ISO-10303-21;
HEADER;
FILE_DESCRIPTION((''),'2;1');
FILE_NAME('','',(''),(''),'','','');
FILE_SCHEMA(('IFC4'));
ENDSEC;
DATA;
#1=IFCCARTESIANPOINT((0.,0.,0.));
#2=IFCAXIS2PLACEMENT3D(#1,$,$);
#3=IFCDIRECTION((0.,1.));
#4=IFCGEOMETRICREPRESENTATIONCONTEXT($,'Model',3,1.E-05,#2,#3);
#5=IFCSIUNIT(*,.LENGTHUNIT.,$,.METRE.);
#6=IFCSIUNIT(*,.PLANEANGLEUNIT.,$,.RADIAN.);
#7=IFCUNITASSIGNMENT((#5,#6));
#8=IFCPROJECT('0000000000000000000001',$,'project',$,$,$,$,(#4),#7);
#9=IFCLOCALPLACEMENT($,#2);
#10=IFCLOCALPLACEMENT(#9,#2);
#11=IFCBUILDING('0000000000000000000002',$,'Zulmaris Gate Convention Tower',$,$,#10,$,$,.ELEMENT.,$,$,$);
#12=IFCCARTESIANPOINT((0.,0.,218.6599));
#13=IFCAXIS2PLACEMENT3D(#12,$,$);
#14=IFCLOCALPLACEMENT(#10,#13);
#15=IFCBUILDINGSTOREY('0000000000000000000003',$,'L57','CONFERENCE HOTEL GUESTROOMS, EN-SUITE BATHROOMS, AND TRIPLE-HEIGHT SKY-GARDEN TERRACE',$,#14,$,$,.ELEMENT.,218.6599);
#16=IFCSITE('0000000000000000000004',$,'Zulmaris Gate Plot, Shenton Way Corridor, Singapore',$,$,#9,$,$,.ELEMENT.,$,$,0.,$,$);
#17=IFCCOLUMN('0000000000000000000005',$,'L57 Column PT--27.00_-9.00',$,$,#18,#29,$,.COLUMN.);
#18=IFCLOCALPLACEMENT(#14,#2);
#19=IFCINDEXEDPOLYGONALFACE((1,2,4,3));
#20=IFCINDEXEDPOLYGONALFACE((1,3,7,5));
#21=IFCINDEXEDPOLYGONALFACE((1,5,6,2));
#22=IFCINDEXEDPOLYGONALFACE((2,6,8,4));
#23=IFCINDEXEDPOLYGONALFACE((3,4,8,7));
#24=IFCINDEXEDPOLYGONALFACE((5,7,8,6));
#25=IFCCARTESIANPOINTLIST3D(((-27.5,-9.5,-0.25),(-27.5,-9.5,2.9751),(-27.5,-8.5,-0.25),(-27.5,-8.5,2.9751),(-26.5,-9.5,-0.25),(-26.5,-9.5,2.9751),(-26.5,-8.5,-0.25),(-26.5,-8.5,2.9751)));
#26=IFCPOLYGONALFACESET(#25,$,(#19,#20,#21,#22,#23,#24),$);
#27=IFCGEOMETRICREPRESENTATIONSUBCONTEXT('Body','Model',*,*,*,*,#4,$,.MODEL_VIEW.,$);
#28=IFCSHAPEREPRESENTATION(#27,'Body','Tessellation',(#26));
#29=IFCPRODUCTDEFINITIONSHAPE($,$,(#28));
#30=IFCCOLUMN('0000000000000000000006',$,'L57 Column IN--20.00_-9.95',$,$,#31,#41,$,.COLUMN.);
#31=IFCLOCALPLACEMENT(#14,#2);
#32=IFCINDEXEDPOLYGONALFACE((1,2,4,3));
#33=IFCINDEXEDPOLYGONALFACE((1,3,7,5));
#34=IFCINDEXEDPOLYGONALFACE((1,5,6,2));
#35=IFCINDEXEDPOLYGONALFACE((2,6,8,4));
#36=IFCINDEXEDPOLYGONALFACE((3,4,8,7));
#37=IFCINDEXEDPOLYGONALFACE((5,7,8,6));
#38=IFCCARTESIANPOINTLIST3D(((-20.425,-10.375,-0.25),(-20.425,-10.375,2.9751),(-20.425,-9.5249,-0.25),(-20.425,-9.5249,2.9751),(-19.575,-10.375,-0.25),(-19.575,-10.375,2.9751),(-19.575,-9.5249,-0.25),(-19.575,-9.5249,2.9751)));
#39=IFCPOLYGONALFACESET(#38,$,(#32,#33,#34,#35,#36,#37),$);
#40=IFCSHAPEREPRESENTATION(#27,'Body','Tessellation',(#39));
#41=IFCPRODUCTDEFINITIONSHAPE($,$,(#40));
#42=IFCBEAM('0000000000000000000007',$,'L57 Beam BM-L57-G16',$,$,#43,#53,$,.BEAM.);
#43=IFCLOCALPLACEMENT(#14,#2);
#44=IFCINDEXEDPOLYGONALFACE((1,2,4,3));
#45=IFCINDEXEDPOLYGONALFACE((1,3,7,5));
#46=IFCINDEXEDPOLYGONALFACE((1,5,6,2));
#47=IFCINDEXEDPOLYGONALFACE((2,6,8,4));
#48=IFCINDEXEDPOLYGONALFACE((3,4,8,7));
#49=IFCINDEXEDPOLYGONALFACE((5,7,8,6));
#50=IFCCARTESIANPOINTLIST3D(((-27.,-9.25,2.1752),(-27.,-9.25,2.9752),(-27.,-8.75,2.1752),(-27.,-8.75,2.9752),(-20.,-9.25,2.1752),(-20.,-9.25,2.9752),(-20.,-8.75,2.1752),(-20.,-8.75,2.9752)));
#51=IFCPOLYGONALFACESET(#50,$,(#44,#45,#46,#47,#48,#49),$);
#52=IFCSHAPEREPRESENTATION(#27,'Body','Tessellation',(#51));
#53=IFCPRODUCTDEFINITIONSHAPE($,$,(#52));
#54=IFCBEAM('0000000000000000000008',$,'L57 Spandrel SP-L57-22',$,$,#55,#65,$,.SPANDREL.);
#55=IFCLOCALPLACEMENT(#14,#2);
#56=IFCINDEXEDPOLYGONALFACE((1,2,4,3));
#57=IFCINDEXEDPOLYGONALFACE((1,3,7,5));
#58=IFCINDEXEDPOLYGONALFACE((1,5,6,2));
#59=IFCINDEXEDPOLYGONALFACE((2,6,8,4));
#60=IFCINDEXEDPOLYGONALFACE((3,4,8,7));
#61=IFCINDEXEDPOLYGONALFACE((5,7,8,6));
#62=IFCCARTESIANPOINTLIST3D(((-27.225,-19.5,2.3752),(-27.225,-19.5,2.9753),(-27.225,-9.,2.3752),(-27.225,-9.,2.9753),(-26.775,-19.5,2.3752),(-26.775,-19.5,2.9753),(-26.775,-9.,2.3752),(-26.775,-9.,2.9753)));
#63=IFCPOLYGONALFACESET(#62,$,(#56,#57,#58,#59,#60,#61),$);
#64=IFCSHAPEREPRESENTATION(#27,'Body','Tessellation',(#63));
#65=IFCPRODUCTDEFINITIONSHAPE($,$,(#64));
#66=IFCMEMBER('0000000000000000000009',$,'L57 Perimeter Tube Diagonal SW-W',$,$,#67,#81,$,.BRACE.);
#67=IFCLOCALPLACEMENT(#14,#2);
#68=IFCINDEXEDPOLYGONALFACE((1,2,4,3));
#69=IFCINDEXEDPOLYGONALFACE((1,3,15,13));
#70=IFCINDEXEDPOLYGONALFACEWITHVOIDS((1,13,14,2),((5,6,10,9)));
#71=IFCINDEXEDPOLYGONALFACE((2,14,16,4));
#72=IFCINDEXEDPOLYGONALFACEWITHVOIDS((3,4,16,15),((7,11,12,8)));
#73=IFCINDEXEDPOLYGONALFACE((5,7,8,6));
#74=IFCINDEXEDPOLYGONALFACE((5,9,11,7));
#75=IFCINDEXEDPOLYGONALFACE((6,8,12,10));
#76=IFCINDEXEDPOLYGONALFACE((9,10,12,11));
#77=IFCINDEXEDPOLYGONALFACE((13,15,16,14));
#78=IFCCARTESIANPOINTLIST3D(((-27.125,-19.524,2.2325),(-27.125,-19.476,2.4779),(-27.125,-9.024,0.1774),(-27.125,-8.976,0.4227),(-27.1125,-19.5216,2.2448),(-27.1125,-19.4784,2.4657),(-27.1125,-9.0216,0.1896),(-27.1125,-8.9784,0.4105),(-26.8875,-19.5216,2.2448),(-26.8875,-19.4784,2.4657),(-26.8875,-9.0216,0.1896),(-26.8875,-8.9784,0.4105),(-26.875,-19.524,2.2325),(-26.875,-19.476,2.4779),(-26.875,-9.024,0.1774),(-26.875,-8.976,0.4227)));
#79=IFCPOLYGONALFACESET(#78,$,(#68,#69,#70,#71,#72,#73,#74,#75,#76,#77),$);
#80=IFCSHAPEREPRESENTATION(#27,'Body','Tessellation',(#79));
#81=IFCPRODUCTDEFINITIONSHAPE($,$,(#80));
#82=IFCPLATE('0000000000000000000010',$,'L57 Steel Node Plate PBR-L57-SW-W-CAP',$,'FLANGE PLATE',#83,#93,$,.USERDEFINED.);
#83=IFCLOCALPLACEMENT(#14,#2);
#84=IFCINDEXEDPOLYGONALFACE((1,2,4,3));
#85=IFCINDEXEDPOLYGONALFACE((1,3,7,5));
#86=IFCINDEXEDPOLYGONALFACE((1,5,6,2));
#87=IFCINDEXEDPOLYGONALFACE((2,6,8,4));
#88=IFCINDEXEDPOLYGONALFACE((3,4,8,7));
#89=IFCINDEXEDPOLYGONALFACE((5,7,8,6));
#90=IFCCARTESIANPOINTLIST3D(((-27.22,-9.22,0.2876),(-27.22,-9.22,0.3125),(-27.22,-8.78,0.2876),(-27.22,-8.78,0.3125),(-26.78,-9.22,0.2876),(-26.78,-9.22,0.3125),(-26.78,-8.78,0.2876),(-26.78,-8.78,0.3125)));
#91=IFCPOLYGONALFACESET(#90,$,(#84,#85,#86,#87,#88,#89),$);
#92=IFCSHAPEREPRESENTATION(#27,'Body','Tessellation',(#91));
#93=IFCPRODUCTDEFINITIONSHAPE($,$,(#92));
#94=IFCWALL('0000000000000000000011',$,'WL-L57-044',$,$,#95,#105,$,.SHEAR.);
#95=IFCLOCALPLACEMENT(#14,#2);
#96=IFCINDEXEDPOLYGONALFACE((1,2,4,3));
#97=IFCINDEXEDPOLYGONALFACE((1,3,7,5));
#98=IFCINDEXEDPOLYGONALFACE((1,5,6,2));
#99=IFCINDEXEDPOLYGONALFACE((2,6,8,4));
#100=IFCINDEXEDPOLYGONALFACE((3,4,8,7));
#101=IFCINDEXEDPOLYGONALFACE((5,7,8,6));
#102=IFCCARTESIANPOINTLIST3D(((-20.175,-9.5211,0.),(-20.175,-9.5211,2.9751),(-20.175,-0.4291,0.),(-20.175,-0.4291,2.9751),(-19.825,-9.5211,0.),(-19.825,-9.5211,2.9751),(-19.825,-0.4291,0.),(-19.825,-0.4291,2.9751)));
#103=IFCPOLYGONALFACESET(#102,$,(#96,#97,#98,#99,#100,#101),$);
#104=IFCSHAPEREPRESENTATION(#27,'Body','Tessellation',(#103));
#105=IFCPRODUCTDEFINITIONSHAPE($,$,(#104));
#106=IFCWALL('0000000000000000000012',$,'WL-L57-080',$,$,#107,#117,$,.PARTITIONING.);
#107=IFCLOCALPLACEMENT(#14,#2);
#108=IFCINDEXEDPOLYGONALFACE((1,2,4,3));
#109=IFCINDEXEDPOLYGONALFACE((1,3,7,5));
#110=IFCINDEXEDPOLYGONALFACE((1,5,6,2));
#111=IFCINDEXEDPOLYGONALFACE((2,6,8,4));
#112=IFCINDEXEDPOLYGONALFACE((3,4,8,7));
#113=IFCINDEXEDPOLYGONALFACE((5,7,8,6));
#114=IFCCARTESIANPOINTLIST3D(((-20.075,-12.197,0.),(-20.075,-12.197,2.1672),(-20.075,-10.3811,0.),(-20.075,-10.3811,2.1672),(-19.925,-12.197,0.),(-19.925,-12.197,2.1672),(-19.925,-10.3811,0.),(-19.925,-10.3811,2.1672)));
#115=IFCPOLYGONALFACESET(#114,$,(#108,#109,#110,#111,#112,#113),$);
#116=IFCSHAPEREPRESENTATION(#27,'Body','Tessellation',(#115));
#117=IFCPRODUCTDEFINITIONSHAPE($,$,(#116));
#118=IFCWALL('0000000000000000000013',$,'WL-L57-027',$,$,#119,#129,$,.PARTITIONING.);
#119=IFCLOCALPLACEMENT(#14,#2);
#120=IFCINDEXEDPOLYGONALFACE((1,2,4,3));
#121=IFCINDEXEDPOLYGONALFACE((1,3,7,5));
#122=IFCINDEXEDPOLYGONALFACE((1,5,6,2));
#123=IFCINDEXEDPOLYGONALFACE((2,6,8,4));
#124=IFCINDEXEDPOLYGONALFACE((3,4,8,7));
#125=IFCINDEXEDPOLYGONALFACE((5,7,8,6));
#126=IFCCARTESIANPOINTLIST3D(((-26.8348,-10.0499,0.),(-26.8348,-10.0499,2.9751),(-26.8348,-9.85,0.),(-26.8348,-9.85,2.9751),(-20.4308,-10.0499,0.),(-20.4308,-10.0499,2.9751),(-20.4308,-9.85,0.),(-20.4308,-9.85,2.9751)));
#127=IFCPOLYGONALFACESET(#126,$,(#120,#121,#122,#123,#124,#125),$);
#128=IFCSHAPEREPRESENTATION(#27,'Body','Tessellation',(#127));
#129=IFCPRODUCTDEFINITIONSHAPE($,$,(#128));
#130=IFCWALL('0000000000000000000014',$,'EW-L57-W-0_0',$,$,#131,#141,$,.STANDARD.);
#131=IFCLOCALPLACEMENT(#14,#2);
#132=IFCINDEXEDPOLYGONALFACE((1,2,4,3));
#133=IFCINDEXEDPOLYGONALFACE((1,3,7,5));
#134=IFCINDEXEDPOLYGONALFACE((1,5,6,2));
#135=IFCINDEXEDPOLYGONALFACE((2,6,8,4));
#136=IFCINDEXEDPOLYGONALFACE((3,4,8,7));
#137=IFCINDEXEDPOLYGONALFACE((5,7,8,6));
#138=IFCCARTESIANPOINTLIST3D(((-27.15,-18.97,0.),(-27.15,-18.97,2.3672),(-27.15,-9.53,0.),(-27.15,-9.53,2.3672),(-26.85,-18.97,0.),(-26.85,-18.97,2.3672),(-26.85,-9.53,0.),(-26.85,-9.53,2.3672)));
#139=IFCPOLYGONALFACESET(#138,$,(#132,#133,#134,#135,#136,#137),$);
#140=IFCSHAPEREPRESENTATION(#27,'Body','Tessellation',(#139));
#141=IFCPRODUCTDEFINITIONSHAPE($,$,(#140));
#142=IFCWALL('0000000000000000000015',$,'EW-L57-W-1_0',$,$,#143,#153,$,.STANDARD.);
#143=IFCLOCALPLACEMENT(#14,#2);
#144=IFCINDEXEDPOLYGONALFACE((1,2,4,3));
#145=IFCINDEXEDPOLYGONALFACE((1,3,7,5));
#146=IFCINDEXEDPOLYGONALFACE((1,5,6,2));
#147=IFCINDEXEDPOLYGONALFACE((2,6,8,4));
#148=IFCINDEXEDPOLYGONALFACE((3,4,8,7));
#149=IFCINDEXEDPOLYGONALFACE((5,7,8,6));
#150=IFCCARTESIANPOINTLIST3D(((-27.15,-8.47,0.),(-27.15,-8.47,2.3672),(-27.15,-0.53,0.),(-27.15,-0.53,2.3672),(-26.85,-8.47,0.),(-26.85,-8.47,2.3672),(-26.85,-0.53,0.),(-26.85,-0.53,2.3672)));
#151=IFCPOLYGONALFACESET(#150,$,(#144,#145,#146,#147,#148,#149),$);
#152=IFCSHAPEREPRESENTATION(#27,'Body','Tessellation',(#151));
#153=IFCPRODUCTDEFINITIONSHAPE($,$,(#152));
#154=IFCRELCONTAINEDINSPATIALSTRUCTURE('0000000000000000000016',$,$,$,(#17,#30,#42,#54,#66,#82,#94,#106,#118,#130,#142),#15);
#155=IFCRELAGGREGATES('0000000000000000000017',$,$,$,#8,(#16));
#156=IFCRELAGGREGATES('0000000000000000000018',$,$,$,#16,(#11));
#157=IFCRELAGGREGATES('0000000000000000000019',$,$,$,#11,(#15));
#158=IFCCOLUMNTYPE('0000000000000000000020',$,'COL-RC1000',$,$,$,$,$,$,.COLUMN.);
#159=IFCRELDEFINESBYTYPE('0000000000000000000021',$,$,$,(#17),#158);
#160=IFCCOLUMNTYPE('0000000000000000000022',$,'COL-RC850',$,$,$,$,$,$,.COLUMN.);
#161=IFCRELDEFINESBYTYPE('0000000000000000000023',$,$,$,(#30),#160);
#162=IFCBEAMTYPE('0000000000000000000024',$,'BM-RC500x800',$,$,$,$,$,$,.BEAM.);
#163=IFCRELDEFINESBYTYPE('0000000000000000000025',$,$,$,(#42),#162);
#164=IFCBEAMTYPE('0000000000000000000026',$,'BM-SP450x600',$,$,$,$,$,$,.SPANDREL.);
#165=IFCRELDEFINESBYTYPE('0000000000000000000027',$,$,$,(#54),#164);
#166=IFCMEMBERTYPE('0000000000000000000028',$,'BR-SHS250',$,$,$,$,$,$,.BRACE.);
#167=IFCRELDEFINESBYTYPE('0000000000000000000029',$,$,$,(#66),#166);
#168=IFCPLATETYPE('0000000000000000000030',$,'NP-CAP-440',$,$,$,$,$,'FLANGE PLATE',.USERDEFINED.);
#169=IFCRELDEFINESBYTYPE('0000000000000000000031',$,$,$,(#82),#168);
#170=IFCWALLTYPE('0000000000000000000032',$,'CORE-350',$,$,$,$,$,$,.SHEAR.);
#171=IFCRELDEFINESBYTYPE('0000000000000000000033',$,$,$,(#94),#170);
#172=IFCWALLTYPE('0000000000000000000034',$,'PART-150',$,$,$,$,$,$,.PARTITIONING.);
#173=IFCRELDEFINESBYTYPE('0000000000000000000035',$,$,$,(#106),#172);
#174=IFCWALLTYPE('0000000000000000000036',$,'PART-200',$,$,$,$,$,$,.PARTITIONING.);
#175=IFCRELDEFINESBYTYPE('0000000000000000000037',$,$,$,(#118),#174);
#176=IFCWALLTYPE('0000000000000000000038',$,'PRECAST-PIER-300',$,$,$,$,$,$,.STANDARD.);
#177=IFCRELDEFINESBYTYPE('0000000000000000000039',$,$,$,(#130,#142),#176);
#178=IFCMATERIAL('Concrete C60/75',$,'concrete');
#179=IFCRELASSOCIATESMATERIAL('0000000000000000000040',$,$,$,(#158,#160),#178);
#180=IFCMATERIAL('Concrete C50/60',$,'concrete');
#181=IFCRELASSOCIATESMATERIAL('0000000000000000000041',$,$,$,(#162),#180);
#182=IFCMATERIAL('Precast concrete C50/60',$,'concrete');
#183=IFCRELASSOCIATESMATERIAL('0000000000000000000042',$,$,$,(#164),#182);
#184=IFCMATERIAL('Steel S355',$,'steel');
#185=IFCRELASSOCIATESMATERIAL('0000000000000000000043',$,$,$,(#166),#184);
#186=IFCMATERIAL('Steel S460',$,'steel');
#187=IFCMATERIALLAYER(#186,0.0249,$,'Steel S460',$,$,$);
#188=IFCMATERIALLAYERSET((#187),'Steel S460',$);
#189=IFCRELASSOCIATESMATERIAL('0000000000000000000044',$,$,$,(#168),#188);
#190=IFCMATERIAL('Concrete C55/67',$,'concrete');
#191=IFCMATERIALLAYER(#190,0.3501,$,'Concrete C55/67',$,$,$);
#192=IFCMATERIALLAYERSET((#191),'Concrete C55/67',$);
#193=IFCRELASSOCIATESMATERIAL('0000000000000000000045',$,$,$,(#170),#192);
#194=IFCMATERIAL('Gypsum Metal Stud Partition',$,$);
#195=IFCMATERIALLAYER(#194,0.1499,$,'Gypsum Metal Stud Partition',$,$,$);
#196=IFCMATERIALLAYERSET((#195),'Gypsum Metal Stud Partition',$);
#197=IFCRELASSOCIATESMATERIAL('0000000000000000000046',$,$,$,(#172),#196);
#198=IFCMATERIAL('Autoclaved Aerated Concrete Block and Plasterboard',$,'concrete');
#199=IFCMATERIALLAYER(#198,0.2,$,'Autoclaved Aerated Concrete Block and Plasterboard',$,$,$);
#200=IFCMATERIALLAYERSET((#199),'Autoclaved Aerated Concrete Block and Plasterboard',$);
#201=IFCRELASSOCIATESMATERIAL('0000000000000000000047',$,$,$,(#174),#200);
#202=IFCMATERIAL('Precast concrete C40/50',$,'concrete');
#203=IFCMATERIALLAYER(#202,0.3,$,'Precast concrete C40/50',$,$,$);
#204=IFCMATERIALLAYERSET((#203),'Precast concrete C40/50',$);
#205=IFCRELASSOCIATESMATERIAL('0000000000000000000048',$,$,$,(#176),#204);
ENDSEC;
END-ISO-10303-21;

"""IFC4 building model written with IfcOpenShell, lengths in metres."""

from ifc_helpers import new_model, si_unit, direction, frame, frame_2d, origin, origin_2d, place, context, subcontext, project, spatial, rectangle, hollow_rectangle, extrude, material, layer, layer_set, material_profile, profile_set, type_object, element, save


model = new_model("IFC4")

# Units and contexts
model_context = context("Model", 3, precision=1e-05, world=origin(), true_north=direction((0.0, 1.0)))
body_context = subcontext(model_context, "Body", "Model", "MODEL_VIEW")
ifc_project = project(units=[si_unit("LENGTHUNIT", "METRE"), si_unit("PLANEANGLEUNIT", "RADIAN")], contexts=[model_context])

# Site, building, storey
site_placement = place(None, origin())
site = spatial("IfcSite", under=ifc_project, at=site_placement, Name="Zulmaris Gate Plot, Shenton Way Corridor, Singapore", CompositionType="ELEMENT", RefElevation=0.0)
building_placement = place(site_placement, origin())
building = spatial("IfcBuilding", under=site, at=building_placement, Name="Zulmaris Gate Convention Tower", CompositionType="ELEMENT")
storey_placement = place(building_placement, frame((0.0, 0.0, 218.6599)))
storey = spatial("IfcBuildingStorey", under=building, at=storey_placement, Name="L57", Description="CONFERENCE HOTEL GUESTROOMS, EN-SUITE BATHROOMS, AND TRIPLE-HEIGHT SKY-GARDEN TERRACE", CompositionType="ELEMENT", Elevation=218.6599)

# Columns
ifc_material_1 = material(Name="Concrete C60/75", Category="concrete")
ifc_material_profile_1 = material_profile(ifc_material_1, rectangle(XDim=1.0, YDim=1.0, at=origin_2d()), Name="RC COL 1000x1000")
ifc_profile_set_1 = profile_set([ifc_material_profile_1], Name="Concrete C60/75")
column_type_1 = type_object("IfcColumnType", Name="COL-RC1000", PredefinedType="COLUMN", material=ifc_profile_set_1)
column_1_placement = place(storey_placement, frame((-27.0, -9.0, -0.25), z_axis=(0.0, 0.0, 1.0), x_axis=(1.0, 0.0, 0.0)))
element("IfcColumn", 1, at=column_1_placement, inside=storey, type_object=column_type_1, Name="L57 Column PT--27.00_-9.00", PredefinedType="COLUMN", context=body_context, shape_type="SweptSolid", body=[
    extrude(rectangle(XDim=1.0, YDim=1.0, at=origin_2d()), origin(), (0.0, 0.0, 1.0), 3.2251),
])
ifc_material_profile_2 = material_profile(ifc_material_1, rectangle(XDim=0.8501, YDim=0.8501, at=origin_2d()), Name="RC COL 850x850")
ifc_profile_set_2 = profile_set([ifc_material_profile_2], Name="Concrete C60/75")
column_type_2 = type_object("IfcColumnType", Name="COL-RC850", PredefinedType="COLUMN", material=ifc_profile_set_2)
column_2_placement = place(storey_placement, frame((-20.0, -9.95, -0.25), z_axis=(0.0, 0.0, 1.0), x_axis=(1.0, 0.0, 0.0)))
element("IfcColumn", 2, at=column_2_placement, inside=storey, type_object=column_type_2, Name="L57 Column IN--20.00_-9.95", PredefinedType="COLUMN", context=body_context, shape_type="SweptSolid", body=[
    extrude(rectangle(XDim=0.8501, YDim=0.8501, at=origin_2d()), origin(), (0.0, 0.0, 1.0), 3.2251),
])

# Beams
ifc_material_2 = material(Name="Concrete C50/60", Category="concrete")
ifc_material_profile_3 = material_profile(ifc_material_2, rectangle(XDim=0.5, YDim=0.8, at=origin_2d()), Name="RC BEAM 500x800")
ifc_profile_set_3 = profile_set([ifc_material_profile_3], Name="Concrete C50/60")
beam_type_1 = type_object("IfcBeamType", Name="BM-RC500x800", PredefinedType="BEAM", material=ifc_profile_set_3)
beam_1_placement = place(storey_placement, frame((-27.0, -9.0, 2.5752), z_axis=(1.0, 0.0, 0.0), x_axis=(0.0, 1.0, 0.0)))
element("IfcBeam", 3, at=beam_1_placement, inside=storey, type_object=beam_type_1, Name="L57 Beam BM-L57-G16", PredefinedType="BEAM", context=body_context, shape_type="SweptSolid", body=[
    extrude(rectangle(XDim=0.5, YDim=0.8, at=origin_2d()), origin(), (0.0, 0.0, 1.0), 7.0),
])
ifc_material_3 = material(Name="Precast concrete C50/60", Category="concrete")
ifc_material_profile_4 = material_profile(ifc_material_3, rectangle(XDim=0.45, YDim=0.6001, at=origin_2d()), Name="RC SPANDREL 450x600")
ifc_profile_set_4 = profile_set([ifc_material_profile_4], Name="Precast concrete C50/60")
beam_type_2 = type_object("IfcBeamType", Name="BM-SP450x600", PredefinedType="SPANDREL", material=ifc_profile_set_4)
beam_2_placement = place(storey_placement, frame((-27.0, -9.0, 2.6753), z_axis=(0.0, -1.0, 0.0), x_axis=(1.0, 0.0, 0.0)))
element("IfcBeam", 4, at=beam_2_placement, inside=storey, type_object=beam_type_2, Name="L57 Spandrel SP-L57-22", PredefinedType="SPANDREL", context=body_context, shape_type="SweptSolid", body=[
    extrude(rectangle(XDim=0.45, YDim=0.6001, at=origin_2d()), origin(), (0.0, 0.0, 1.0), 10.5),
])

# Member
ifc_material_4 = material(Name="Steel S355", Category="steel")
ifc_material_profile_5 = material_profile(ifc_material_4, hollow_rectangle(XDim=0.25, YDim=0.25, WallThickness=0.0125, at=origin_2d()), Name="SHS 250x250x12.5")
ifc_profile_set_5 = profile_set([ifc_material_profile_5], Name="Steel S355")
member_type = type_object("IfcMemberType", Name="BR-SHS250", PredefinedType="BRACE", material=ifc_profile_set_5)
member_placement = place(storey_placement, frame((-27.0, -9.0, 0.3), z_axis=(0.0, -0.981378, 0.192086), x_axis=(1.0, 0.0, 0.0)))
element("IfcMember", 5, at=member_placement, inside=storey, type_object=member_type, Name="L57 Perimeter Tube Diagonal SW-W", PredefinedType="BRACE", context=body_context, shape_type="SweptSolid", body=[
    extrude(hollow_rectangle(XDim=0.25, YDim=0.25, WallThickness=0.0125, at=origin_2d()), origin(), (0.0, 0.0, 1.0), 10.6992),
])

# Plate
ifc_material_5 = material(Name="Steel S460", Category="steel")
ifc_layer_1 = layer(ifc_material_5, 0.0249, Name="Steel S460")
ifc_layer_set_1 = layer_set([ifc_layer_1], Name="Steel S460")
plate_type = type_object("IfcPlateType", Name="NP-CAP-440", ElementType="FLANGE PLATE", PredefinedType="USERDEFINED", material=ifc_layer_set_1)
plate_placement = place(storey_placement, frame((-27.0, -9.0, 0.2876), z_axis=(0.0, 0.0, 1.0), x_axis=(1.0, 0.0, 0.0)))
element("IfcPlate", 6, at=plate_placement, inside=storey, type_object=plate_type, Name="L57 Steel Node Plate PBR-L57-SW-W-CAP", ObjectType="FLANGE PLATE", PredefinedType="USERDEFINED", context=body_context, shape_type="SweptSolid", body=[
    extrude(rectangle(XDim=0.4399, YDim=0.4399, at=origin_2d()), origin(), (0.0, 0.0, 1.0), 0.0249),
])

# Shared definitions
ifc_material_6 = material(Name="Concrete C55/67", Category="concrete")
ifc_layer_2 = layer(ifc_material_6, 0.3501, Name="Concrete C55/67")
ifc_layer_set_2 = layer_set([ifc_layer_2], Name="Concrete C55/67")
wall_type_1 = type_object("IfcWallType", Name="CORE-350", PredefinedType="SHEAR", material=ifc_layer_set_2)

# Walls
wall_1_placement = place(storey_placement, frame((-20.0, -9.521, 0.0), z_axis=(0.0, 0.0, 1.0), x_axis=(0.0, 1.0, 0.0)))
element("IfcWall", 7, at=wall_1_placement, inside=storey, type_object=wall_type_1, Name="WL-L57-044", PredefinedType="SHEAR", context=body_context, shape_type="SweptSolid", body=[
    extrude(rectangle(XDim=9.092, YDim=0.3501, at=frame_2d((4.5459, 0.0))), origin(), (0.0, 0.0, 1.0), 2.9751),
])
ifc_material_7 = material(Name="Gypsum Metal Stud Partition")
ifc_layer_3 = layer(ifc_material_7, 0.1499, Name="Gypsum Metal Stud Partition")
ifc_layer_set_3 = layer_set([ifc_layer_3], Name="Gypsum Metal Stud Partition")
wall_type_2 = type_object("IfcWallType", Name="PART-150", PredefinedType="PARTITIONING", material=ifc_layer_set_3)
wall_2_placement = place(storey_placement, frame((-20.0, -12.197, 0.0), z_axis=(0.0, 0.0, 1.0), x_axis=(0.0, 1.0, 0.0)))
element("IfcWall", 8, at=wall_2_placement, inside=storey, type_object=wall_type_2, Name="WL-L57-080", PredefinedType="PARTITIONING", context=body_context, shape_type="SweptSolid", body=[
    extrude(rectangle(XDim=1.8159, YDim=0.1499, at=frame_2d((0.908, 0.0))), origin(), (0.0, 0.0, 1.0), 2.1672),
])
ifc_material_8 = material(Name="Autoclaved Aerated Concrete Block and Plasterboard", Category="concrete")
ifc_layer_4 = layer(ifc_material_8, 0.2, Name="Autoclaved Aerated Concrete Block and Plasterboard")
ifc_layer_set_4 = layer_set([ifc_layer_4], Name="Autoclaved Aerated Concrete Block and Plasterboard")
wall_type_3 = type_object("IfcWallType", Name="PART-200", PredefinedType="PARTITIONING", material=ifc_layer_set_4)
wall_3_placement = place(storey_placement, frame((-26.835, -9.95, 0.0), z_axis=(0.0, 0.0, 1.0), x_axis=(1.0, 0.0, 0.0)))
element("IfcWall", 9, at=wall_3_placement, inside=storey, type_object=wall_type_3, Name="WL-L57-027", PredefinedType="PARTITIONING", context=body_context, shape_type="SweptSolid", body=[
    extrude(rectangle(XDim=6.4041, YDim=0.2, at=frame_2d((3.2021, 0.0))), origin(), (0.0, 0.0, 1.0), 2.9751),
])
ifc_material_9 = material(Name="Precast concrete C40/50", Category="concrete")
ifc_layer_5 = layer(ifc_material_9, 0.3, Name="Precast concrete C40/50")
ifc_layer_set_5 = layer_set([ifc_layer_5], Name="Precast concrete C40/50")
wall_type_4 = type_object("IfcWallType", Name="PRECAST-PIER-300", PredefinedType="STANDARD", material=ifc_layer_set_5)
wall_4_placement = place(storey_placement, frame((-27.0, -9.53, 0.0), z_axis=(0.0, 0.0, 1.0), x_axis=(0.0, -1.0, 0.0)))
element("IfcWall", 10, at=wall_4_placement, inside=storey, type_object=wall_type_4, Name="EW-L57-W-0_0", PredefinedType="STANDARD", context=body_context, shape_type="SweptSolid", body=[
    extrude(rectangle(XDim=9.4399, YDim=0.3, at=frame_2d((4.72, 0.0))), origin(), (0.0, 0.0, 1.0), 2.3672),
])
wall_5_placement = place(storey_placement, frame((-27.0, -0.53, 0.0), z_axis=(0.0, 0.0, 1.0), x_axis=(0.0, -1.0, 0.0)))
element("IfcWall", 11, at=wall_5_placement, inside=storey, type_object=wall_type_4, Name="EW-L57-W-1_0", PredefinedType="STANDARD", context=body_context, shape_type="SweptSolid", body=[
    extrude(rectangle(XDim=7.9399, YDim=0.3, at=frame_2d((3.97, 0.0))), origin(), (0.0, 0.0, 1.0), 2.3672),
])

save(model, "model.ifc")
